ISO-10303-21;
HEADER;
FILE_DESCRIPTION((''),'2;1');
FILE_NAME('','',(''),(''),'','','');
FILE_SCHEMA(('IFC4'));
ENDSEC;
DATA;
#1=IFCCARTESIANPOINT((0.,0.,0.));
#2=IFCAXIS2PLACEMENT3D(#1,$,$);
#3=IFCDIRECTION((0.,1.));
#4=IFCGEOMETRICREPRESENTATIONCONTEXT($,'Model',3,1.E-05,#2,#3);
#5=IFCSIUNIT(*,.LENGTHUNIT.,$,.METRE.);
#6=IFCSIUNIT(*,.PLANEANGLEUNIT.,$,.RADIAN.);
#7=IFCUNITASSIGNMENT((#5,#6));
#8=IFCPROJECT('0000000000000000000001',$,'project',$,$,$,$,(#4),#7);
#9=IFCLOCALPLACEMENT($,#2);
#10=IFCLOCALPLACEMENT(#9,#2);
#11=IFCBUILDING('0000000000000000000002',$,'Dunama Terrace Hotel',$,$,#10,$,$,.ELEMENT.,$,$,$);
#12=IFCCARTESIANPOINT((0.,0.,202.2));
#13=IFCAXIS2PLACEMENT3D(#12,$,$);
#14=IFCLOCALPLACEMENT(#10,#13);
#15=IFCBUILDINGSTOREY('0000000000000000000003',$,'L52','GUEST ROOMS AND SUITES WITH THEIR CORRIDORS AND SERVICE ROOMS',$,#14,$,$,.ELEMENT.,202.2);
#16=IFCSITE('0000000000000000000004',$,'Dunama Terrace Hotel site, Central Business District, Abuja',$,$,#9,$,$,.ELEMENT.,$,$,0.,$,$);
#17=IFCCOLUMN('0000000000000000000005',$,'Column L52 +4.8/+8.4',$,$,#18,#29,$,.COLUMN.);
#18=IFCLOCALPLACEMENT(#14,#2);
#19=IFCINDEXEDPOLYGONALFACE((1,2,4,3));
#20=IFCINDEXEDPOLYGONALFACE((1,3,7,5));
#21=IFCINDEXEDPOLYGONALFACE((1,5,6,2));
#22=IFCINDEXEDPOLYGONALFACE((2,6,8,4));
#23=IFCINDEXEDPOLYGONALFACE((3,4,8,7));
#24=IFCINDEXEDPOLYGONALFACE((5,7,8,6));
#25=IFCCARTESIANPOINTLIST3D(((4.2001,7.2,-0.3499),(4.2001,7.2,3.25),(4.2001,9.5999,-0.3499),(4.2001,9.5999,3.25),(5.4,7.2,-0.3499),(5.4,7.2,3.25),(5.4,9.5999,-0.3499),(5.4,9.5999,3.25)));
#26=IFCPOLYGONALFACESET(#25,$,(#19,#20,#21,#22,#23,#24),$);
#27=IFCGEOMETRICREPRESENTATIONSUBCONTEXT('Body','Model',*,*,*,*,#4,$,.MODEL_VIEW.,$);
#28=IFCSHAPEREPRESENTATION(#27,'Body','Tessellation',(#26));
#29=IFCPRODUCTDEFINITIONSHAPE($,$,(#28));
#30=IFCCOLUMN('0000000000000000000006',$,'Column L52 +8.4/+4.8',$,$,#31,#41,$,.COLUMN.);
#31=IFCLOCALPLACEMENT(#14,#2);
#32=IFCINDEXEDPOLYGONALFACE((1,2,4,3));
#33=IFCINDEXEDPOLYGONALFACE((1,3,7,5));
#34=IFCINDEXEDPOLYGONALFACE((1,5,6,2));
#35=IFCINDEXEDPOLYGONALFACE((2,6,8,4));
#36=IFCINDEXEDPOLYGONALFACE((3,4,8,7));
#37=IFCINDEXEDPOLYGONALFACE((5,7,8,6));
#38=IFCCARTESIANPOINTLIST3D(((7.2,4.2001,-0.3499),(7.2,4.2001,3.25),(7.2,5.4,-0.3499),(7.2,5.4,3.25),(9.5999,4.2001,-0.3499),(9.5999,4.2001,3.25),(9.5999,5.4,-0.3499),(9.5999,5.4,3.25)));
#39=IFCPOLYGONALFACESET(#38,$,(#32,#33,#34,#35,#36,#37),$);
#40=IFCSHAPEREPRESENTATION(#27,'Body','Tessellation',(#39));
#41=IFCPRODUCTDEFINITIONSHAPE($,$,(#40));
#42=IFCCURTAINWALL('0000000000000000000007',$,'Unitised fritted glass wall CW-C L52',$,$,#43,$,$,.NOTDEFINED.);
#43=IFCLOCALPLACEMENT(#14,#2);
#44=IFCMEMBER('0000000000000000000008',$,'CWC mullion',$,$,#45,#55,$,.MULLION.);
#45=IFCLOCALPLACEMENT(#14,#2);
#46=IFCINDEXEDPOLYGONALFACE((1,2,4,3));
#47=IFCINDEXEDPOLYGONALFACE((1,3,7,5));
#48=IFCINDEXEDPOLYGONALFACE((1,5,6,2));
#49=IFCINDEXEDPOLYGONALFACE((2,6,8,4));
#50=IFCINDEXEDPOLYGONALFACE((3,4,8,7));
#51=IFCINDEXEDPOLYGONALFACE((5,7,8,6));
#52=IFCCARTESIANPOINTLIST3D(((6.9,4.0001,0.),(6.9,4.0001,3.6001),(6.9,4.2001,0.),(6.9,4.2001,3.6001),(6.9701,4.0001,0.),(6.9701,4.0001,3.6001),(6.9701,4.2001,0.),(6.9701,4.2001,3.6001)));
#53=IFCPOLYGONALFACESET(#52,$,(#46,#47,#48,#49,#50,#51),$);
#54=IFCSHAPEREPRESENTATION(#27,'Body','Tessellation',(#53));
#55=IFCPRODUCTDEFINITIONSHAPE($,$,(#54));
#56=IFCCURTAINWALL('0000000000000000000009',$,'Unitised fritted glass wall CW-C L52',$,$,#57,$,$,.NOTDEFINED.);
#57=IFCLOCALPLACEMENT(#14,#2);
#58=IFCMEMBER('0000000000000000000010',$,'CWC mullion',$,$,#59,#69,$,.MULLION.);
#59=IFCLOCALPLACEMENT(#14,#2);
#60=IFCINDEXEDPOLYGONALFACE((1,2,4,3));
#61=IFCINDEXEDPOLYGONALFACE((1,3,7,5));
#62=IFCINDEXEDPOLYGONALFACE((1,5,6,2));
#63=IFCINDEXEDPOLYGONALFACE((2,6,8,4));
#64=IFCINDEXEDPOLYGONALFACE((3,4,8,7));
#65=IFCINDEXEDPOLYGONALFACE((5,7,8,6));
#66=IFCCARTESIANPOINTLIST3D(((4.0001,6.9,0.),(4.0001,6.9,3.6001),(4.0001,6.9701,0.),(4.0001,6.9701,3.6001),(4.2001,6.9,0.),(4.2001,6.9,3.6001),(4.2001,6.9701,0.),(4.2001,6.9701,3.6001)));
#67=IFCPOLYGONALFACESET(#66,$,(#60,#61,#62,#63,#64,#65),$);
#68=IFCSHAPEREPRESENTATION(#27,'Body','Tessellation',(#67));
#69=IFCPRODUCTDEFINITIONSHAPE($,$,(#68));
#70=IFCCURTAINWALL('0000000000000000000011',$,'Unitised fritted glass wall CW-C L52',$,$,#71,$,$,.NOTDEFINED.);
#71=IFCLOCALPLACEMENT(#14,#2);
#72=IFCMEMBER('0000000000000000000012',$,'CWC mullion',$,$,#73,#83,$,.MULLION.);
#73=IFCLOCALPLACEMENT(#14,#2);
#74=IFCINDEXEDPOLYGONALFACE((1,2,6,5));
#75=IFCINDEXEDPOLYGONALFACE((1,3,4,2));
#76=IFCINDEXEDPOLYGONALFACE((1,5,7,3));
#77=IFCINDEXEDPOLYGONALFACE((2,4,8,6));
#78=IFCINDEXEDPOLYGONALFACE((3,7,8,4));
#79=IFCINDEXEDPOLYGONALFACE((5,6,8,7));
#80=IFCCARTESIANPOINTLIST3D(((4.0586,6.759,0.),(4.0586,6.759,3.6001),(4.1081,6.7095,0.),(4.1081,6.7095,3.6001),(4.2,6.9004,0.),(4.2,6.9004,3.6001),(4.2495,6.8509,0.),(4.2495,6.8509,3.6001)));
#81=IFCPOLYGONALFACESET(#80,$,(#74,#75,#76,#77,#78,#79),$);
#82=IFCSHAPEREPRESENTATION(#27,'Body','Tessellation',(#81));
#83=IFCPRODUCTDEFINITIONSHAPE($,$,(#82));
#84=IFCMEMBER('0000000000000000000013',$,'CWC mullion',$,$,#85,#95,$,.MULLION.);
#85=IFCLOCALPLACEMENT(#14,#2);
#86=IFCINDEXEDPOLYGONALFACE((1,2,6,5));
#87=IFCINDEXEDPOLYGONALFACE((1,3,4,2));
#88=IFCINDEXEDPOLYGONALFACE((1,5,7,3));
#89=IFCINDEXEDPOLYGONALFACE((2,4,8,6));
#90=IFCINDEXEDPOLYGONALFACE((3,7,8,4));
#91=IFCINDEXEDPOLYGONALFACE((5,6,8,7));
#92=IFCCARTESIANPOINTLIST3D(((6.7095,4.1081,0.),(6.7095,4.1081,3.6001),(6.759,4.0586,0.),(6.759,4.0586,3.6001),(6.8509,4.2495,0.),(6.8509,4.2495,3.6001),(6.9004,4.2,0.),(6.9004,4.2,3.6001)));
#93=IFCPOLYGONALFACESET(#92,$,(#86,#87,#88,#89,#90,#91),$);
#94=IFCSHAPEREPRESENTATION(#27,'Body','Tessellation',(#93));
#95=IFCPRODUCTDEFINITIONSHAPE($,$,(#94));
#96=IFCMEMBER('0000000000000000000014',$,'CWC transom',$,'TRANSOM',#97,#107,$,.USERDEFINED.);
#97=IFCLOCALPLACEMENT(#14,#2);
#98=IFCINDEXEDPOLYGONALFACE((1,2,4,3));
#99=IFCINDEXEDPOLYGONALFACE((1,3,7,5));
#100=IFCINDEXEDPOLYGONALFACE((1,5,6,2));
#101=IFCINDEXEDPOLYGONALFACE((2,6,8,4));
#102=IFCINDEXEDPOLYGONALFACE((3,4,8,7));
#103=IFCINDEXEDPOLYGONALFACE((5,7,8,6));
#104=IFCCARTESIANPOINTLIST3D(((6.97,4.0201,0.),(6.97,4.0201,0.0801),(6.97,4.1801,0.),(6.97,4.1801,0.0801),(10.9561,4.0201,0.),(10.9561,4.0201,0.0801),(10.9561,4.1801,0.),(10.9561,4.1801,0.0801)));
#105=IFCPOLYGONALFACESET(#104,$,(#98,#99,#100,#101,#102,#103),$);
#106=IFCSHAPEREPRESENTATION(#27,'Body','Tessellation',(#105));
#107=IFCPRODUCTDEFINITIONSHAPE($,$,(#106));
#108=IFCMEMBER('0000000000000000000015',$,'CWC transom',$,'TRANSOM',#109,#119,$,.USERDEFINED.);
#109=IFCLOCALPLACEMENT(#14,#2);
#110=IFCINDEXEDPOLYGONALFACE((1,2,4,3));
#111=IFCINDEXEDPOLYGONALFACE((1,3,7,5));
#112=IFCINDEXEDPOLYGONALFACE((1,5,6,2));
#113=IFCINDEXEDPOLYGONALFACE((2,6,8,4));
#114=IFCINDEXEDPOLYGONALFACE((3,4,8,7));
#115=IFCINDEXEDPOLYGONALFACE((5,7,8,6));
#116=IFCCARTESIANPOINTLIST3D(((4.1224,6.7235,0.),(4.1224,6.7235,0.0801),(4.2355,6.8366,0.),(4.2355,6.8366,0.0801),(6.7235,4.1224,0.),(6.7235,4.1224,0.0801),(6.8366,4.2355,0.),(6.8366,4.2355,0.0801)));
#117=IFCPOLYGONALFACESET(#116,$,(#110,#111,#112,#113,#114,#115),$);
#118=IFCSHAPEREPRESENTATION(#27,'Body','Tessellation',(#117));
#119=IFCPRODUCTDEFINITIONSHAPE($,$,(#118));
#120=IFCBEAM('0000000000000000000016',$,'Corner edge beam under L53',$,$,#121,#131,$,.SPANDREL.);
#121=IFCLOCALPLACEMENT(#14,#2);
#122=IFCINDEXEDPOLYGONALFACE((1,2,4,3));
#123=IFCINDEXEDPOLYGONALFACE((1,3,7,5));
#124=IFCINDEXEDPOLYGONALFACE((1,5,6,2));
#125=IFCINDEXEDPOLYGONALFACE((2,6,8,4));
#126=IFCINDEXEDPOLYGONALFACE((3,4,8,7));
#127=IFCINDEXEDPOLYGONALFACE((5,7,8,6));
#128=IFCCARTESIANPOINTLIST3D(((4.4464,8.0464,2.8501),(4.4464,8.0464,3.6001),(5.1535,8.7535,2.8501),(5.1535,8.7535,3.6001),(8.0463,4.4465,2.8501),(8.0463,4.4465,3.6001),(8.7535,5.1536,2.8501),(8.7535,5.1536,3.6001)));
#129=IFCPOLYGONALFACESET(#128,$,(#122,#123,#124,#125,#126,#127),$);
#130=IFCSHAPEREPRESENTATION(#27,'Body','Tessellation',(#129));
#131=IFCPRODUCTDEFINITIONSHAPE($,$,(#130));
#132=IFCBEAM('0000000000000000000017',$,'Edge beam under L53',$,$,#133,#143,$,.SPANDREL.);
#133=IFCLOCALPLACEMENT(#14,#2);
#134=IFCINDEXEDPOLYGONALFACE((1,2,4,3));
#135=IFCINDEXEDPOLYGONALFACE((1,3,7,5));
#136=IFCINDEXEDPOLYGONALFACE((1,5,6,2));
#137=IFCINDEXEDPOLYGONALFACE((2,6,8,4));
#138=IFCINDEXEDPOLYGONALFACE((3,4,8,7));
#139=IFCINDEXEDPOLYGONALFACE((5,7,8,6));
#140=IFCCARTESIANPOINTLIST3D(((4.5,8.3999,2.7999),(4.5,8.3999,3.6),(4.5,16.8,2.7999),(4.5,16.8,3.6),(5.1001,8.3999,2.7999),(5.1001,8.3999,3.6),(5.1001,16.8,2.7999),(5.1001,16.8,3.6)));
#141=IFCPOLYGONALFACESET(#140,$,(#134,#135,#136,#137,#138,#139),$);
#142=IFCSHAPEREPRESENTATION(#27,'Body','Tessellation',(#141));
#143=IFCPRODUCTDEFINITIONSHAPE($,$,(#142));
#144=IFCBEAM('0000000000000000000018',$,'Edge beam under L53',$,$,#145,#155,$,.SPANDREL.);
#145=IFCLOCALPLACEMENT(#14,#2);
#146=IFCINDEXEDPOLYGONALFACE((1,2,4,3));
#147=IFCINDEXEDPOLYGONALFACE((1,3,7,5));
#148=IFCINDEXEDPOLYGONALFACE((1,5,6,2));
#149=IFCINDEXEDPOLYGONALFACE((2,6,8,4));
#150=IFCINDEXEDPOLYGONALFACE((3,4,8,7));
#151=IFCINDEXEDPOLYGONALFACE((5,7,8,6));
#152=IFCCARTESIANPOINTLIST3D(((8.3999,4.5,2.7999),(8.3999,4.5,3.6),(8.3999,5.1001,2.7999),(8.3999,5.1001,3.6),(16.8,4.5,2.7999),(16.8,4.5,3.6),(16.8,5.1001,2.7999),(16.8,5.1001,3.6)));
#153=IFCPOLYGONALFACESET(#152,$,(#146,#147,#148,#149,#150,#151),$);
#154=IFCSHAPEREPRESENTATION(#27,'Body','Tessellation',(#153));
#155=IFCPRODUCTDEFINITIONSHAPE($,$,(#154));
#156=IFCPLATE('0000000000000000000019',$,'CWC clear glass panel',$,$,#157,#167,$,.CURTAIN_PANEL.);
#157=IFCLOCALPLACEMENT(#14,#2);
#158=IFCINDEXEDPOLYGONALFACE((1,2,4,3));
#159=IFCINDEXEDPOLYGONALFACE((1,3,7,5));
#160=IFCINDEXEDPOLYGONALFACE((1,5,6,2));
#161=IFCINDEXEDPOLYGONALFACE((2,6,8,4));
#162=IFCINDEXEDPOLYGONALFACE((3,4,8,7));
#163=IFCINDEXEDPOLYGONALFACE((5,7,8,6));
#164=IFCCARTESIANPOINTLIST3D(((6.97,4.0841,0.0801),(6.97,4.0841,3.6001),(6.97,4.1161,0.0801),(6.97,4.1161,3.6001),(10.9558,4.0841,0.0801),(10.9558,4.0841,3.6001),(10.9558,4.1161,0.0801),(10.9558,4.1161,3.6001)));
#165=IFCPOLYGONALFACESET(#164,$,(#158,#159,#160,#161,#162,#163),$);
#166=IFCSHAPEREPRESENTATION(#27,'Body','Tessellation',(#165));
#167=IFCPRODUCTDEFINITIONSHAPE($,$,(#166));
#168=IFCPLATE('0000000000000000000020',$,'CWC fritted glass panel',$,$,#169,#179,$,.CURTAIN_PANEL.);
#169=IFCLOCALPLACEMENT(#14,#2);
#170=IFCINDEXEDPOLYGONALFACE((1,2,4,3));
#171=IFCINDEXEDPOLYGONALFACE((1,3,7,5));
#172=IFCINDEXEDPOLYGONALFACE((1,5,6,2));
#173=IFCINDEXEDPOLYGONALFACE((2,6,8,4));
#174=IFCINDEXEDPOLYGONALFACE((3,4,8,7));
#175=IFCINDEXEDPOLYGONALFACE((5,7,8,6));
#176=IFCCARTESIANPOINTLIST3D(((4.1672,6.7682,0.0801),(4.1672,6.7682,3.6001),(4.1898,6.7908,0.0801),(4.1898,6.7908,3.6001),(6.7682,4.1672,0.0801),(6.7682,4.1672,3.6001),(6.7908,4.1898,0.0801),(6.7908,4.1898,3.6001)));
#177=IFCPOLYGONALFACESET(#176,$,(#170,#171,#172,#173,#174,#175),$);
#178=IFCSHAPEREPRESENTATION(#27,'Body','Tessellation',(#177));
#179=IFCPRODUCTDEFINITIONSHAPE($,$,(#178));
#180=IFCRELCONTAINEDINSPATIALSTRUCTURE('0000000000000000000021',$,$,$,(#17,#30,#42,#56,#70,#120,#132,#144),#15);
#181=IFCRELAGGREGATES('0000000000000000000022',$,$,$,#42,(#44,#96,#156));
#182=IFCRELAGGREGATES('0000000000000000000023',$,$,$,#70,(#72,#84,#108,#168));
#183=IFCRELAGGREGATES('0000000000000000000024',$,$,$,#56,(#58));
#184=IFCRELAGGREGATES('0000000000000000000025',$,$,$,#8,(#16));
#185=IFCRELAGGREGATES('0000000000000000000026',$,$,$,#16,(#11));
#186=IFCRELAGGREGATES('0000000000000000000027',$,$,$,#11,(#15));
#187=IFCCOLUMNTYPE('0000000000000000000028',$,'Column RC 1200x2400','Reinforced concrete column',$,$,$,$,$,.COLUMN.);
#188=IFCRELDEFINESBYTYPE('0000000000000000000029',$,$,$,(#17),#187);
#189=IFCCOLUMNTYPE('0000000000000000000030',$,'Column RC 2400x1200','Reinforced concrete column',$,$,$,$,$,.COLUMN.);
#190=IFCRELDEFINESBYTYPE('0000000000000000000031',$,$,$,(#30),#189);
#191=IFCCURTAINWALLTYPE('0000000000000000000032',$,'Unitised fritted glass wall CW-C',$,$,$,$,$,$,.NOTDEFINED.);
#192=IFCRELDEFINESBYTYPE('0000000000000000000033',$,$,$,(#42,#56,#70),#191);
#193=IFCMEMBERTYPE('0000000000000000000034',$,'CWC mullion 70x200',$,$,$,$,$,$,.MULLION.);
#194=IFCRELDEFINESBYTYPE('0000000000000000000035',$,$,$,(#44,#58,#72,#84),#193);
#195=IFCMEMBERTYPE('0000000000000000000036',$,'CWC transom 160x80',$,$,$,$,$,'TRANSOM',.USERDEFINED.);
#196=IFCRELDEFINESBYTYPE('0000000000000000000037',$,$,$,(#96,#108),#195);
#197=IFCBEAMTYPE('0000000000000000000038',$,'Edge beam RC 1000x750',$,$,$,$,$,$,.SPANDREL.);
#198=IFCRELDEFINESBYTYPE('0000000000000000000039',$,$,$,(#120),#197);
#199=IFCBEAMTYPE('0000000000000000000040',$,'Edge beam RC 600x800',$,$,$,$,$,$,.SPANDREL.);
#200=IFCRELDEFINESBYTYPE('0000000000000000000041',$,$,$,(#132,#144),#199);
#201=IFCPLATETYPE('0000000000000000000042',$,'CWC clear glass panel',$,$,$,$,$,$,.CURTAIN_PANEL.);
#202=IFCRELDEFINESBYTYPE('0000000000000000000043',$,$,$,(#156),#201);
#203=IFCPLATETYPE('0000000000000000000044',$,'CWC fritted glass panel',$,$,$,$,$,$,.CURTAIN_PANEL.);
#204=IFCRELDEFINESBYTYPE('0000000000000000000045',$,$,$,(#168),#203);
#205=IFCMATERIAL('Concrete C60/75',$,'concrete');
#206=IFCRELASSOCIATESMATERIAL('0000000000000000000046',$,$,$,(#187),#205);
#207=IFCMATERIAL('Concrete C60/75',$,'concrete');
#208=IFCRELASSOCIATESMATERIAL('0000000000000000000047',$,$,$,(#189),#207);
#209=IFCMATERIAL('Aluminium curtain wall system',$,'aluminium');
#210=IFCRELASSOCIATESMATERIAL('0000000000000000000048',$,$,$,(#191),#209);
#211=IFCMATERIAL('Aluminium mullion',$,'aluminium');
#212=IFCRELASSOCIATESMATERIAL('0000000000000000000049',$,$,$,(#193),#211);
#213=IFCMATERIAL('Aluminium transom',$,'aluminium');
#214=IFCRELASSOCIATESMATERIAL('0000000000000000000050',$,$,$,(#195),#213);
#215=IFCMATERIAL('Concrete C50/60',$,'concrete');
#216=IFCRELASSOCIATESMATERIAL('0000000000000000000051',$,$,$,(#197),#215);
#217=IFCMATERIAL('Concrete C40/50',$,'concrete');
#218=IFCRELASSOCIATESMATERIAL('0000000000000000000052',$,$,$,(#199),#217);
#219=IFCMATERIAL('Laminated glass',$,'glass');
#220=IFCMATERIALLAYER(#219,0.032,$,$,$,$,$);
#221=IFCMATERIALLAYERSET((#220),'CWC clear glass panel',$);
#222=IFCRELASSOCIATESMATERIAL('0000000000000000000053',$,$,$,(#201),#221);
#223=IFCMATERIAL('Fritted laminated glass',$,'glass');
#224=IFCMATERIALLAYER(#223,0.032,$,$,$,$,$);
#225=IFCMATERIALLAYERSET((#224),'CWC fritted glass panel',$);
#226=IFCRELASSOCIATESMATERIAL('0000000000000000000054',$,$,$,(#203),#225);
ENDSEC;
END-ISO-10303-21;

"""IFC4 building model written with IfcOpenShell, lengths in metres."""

from ifc_helpers import new_model, si_unit, direction, frame, origin, origin_2d, place, context, subcontext, project, spatial, rectangle, extrude, material, layer, layer_set, material_profile, profile_set, type_object, element, aggregate, save


model = new_model("IFC4")

# Units and contexts
model_context = context("Model", 3, precision=1e-05, world=origin(), true_north=direction((0.0, 1.0)))
body_context = subcontext(model_context, "Body", "Model", "MODEL_VIEW")
ifc_project = project(units=[si_unit("LENGTHUNIT", "METRE"), si_unit("PLANEANGLEUNIT", "RADIAN")], contexts=[model_context])

# Site, building, storey
site_placement = place(None, origin())
site = spatial("IfcSite", under=ifc_project, at=site_placement, Name="Dunama Terrace Hotel site, Central Business District, Abuja", CompositionType="ELEMENT", RefElevation=0.0)
building_placement = place(site_placement, origin())
building = spatial("IfcBuilding", under=site, at=building_placement, Name="Dunama Terrace Hotel", CompositionType="ELEMENT")
storey_placement = place(building_placement, frame((0.0, 0.0, 202.2)))
storey = spatial("IfcBuildingStorey", under=building, at=storey_placement, Name="L52", Description="GUEST ROOMS AND SUITES WITH THEIR CORRIDORS AND SERVICE ROOMS", CompositionType="ELEMENT", Elevation=202.2)

# Columns
ifc_material_1 = material(Name="Concrete C60/75", Category="concrete")
ifc_material_profile_1 = material_profile(ifc_material_1, rectangle(XDim=1.2, YDim=2.3999, at=origin_2d()), Name="RC 1200x2400")
ifc_profile_set_1 = profile_set([ifc_material_profile_1], Name="Concrete C60/75")
column_type_1 = type_object("IfcColumnType", Name="Column RC 1200x2400", Description="Reinforced concrete column", PredefinedType="COLUMN", material=ifc_profile_set_1)
column_1_placement = place(storey_placement, frame((4.8, 8.3999, -0.3499), z_axis=(0.0, 0.0, 1.0), x_axis=(1.0, 0.0, 0.0)))
element("IfcColumn", 1, at=column_1_placement, inside=storey, type_object=column_type_1, Name="Column L52 +4.8/+8.4", PredefinedType="COLUMN", context=body_context, shape_type="SweptSolid", body=[
    extrude(rectangle(XDim=1.2, YDim=2.3999, at=origin_2d()), origin(), (0.0, 0.0, 1.0), 3.5999),
])
ifc_material_2 = material(Name="Concrete C60/75", Category="concrete")
ifc_material_profile_2 = material_profile(ifc_material_2, rectangle(XDim=2.3999, YDim=1.2, at=origin_2d()), Name="RC 2400x1200")
ifc_profile_set_2 = profile_set([ifc_material_profile_2], Name="Concrete C60/75")
column_type_2 = type_object("IfcColumnType", Name="Column RC 2400x1200", Description="Reinforced concrete column", PredefinedType="COLUMN", material=ifc_profile_set_2)
column_2_placement = place(storey_placement, frame((8.3999, 4.8, -0.3499), z_axis=(0.0, 0.0, 1.0), x_axis=(1.0, 0.0, 0.0)))
element("IfcColumn", 2, at=column_2_placement, inside=storey, type_object=column_type_2, Name="Column L52 +8.4/+4.8", PredefinedType="COLUMN", context=body_context, shape_type="SweptSolid", body=[
    extrude(rectangle(XDim=2.3999, YDim=1.2, at=origin_2d()), origin(), (0.0, 0.0, 1.0), 3.5999),
])

# Curtain walls, members
ifc_material_3 = material(Name="Aluminium curtain wall system", Category="aluminium")
curtain_wall_type = type_object("IfcCurtainWallType", Name="Unitised fritted glass wall CW-C", PredefinedType="NOTDEFINED", material=ifc_material_3)
curtain_wall_1_placement = place(storey_placement, origin())
curtain_wall_1 = element("IfcCurtainWall", 3, at=curtain_wall_1_placement, inside=storey, type_object=curtain_wall_type, Name="Unitised fritted glass wall CW-C L52", PredefinedType="NOTDEFINED")
ifc_material_4 = material(Name="Aluminium mullion", Category="aluminium")
ifc_material_profile_3 = material_profile(ifc_material_4, rectangle(XDim=0.0701, YDim=0.2, at=origin_2d()), Name="CWC MULLION 70X200")
ifc_profile_set_3 = profile_set([ifc_material_profile_3], Name="Aluminium mullion")
member_type_1 = type_object("IfcMemberType", Name="CWC mullion 70x200", PredefinedType="MULLION", material=ifc_profile_set_3)
member_1_placement = place(storey_placement, frame((6.9351, 4.1001, 0.0), z_axis=(0.0, 0.0, 1.0), x_axis=(1.0, 0.0, 0.0)))
member_1 = element("IfcMember", 4, at=member_1_placement, type_object=member_type_1, Name="CWC mullion", PredefinedType="MULLION", context=body_context, shape_type="SweptSolid", body=[
    extrude(rectangle(XDim=0.0701, YDim=0.2, at=origin_2d()), origin(), (0.0, 0.0, 1.0), 3.6001),
])
curtain_wall_2_placement = place(storey_placement, origin())
curtain_wall_2 = element("IfcCurtainWall", 5, at=curtain_wall_2_placement, inside=storey, type_object=curtain_wall_type, Name="Unitised fritted glass wall CW-C L52", PredefinedType="NOTDEFINED")
member_2_placement = place(storey_placement, frame((4.1001, 6.9351, 0.0), z_axis=(0.0, 0.0, 1.0), x_axis=(0.0, -1.0, 0.0)))
member_2 = element("IfcMember", 6, at=member_2_placement, type_object=member_type_1, Name="CWC mullion", PredefinedType="MULLION", context=body_context, shape_type="SweptSolid", body=[
    extrude(rectangle(XDim=0.0701, YDim=0.2, at=origin_2d()), origin(), (0.0, 0.0, 1.0), 3.6001),
])

# Curtain wall, members
curtain_wall_3_placement = place(storey_placement, origin())
curtain_wall_3 = element("IfcCurtainWall", 7, at=curtain_wall_3_placement, inside=storey, type_object=curtain_wall_type, Name="Unitised fritted glass wall CW-C L52", PredefinedType="NOTDEFINED")
member_3_placement = place(storey_placement, frame((4.1541, 6.8049, 0.0), z_axis=(0.0, 0.0, 1.0), x_axis=(0.707107, -0.707107, 0.0)))
member_3 = element("IfcMember", 8, at=member_3_placement, type_object=member_type_1, Name="CWC mullion", PredefinedType="MULLION", context=body_context, shape_type="SweptSolid", body=[
    extrude(rectangle(XDim=0.0701, YDim=0.2, at=origin_2d()), origin(), (0.0, 0.0, 1.0), 3.6001),
])
member_4_placement = place(storey_placement, frame((6.8049, 4.1541, 0.0), z_axis=(0.0, 0.0, 1.0), x_axis=(0.707107, -0.707107, 0.0)))
member_4 = element("IfcMember", 9, at=member_4_placement, type_object=member_type_1, Name="CWC mullion", PredefinedType="MULLION", context=body_context, shape_type="SweptSolid", body=[
    extrude(rectangle(XDim=0.0701, YDim=0.2, at=origin_2d()), origin(), (0.0, 0.0, 1.0), 3.6001),
])

# Members
ifc_material_5 = material(Name="Aluminium transom", Category="aluminium")
ifc_material_profile_4 = material_profile(ifc_material_5, rectangle(XDim=0.1599, YDim=0.0801, at=origin_2d()), Name="CWC TRANSOM 160X80")
ifc_profile_set_4 = profile_set([ifc_material_profile_4], Name="Aluminium transom")
member_type_2 = type_object("IfcMemberType", Name="CWC transom 160x80", ElementType="TRANSOM", PredefinedType="USERDEFINED", material=ifc_profile_set_4)
member_5_placement = place(storey_placement, frame((6.97, 4.1001, 0.04), z_axis=(1.0, 0.0, 0.0), x_axis=(0.0, 1.0, 0.0)))
member_5 = element("IfcMember", 10, at=member_5_placement, type_object=member_type_2, Name="CWC transom", ObjectType="TRANSOM", PredefinedType="USERDEFINED", context=body_context, shape_type="SweptSolid", body=[
    extrude(rectangle(XDim=0.1599, YDim=0.0801, at=origin_2d()), origin(), (0.0, 0.0, 1.0), 3.9861),
])
member_6_placement = place(storey_placement, frame((4.179, 6.78, 0.04), z_axis=(0.707107, -0.707107, 0.0), x_axis=(0.707107, 0.707107, 0.0)))
member_6 = element("IfcMember", 11, at=member_6_placement, type_object=member_type_2, Name="CWC transom", ObjectType="TRANSOM", PredefinedType="USERDEFINED", context=body_context, shape_type="SweptSolid", body=[
    extrude(rectangle(XDim=0.1599, YDim=0.0801, at=origin_2d()), origin(), (0.0, 0.0, 1.0), 3.6785),
])

# Beams
ifc_material_6 = material(Name="Concrete C50/60", Category="concrete")
ifc_material_profile_5 = material_profile(ifc_material_6, rectangle(XDim=1.0, YDim=0.75, at=origin_2d()), Name="RC 1000x750")
ifc_profile_set_5 = profile_set([ifc_material_profile_5], Name="Concrete C50/60")
beam_type_1 = type_object("IfcBeamType", Name="Edge beam RC 1000x750", PredefinedType="SPANDREL", material=ifc_profile_set_5)
beam_placement = place(storey_placement, frame((8.3999, 4.8, 3.2251), z_axis=(-0.707107, 0.707107, 0.0), x_axis=(-0.707107, -0.707107, 0.0)))
element("IfcBeam", 12, at=beam_placement, inside=storey, type_object=beam_type_1, Name="Corner edge beam under L53", PredefinedType="SPANDREL", context=body_context, shape_type="SweptSolid", body=[
    extrude(rectangle(XDim=1.0, YDim=0.75, at=origin_2d()), origin(), (0.0, 0.0, 1.0), 5.0911),
])
ifc_material_7 = material(Name="Concrete C40/50", Category="concrete")
ifc_material_profile_6 = material_profile(ifc_material_7, rectangle(XDim=0.6001, YDim=0.8, at=origin_2d()), Name="RC 600x800")
ifc_profile_set_6 = profile_set([ifc_material_profile_6], Name="Concrete C40/50")
beam_type_2 = type_object("IfcBeamType", Name="Edge beam RC 600x800", PredefinedType="SPANDREL", material=ifc_profile_set_6)
for number, where, z_axis, x_axis, name in (
    (13, (4.8, 8.3999, 3.2), (0.0, 1.0, 0.0), (-1.0, 0.0, 0.0), "Edge beam under L53"),
    (14, (8.3999, 4.8, 3.2), (1.0, 0.0, 0.0), (0.0, 1.0, 0.0), "Edge beam under L53"),
):
    element("IfcBeam", number, at=place(storey_placement, frame(where, z_axis=z_axis, x_axis=x_axis)), inside=storey, type_object=beam_type_2, Name=name, PredefinedType="SPANDREL", context=body_context, shape_type="SweptSolid", body=[
        extrude(rectangle(XDim=0.6001, YDim=0.8, at=origin_2d()), origin(), (0.0, 0.0, 1.0), 8.4001),
    ])

# Plates
ifc_material_8 = material(Name="Laminated glass", Category="glass")
ifc_layer_1 = layer(ifc_material_8, 0.032)
ifc_layer_set_1 = layer_set([ifc_layer_1], Name="CWC clear glass panel")
plate_type_1 = type_object("IfcPlateType", Name="CWC clear glass panel", PredefinedType="CURTAIN_PANEL", material=ifc_layer_set_1)
plate_1_placement = place(storey_placement, frame((8.9629, 4.1001, 0.0801), z_axis=(0.0, 0.0, 1.0), x_axis=(1.0, 0.0, 0.0)))
plate_1 = element("IfcPlate", 15, at=plate_1_placement, type_object=plate_type_1, Name="CWC clear glass panel", PredefinedType="CURTAIN_PANEL", context=body_context, shape_type="SweptSolid", body=[
    extrude(rectangle(XDim=3.9858, YDim=0.032, at=origin_2d()), origin(), (0.0, 0.0, 1.0), 3.52),
])
aggregate(curtain_wall_1, [member_1, member_5, plate_1])
ifc_material_9 = material(Name="Fritted laminated glass", Category="glass")
ifc_layer_2 = layer(ifc_material_9, 0.032)
ifc_layer_set_2 = layer_set([ifc_layer_2], Name="CWC fritted glass panel")
plate_type_2 = type_object("IfcPlateType", Name="CWC fritted glass panel", PredefinedType="CURTAIN_PANEL", material=ifc_layer_set_2)
plate_2_placement = place(storey_placement, frame((5.479, 5.479, 0.0801), z_axis=(0.0, 0.0, 1.0), x_axis=(0.707107, -0.707107, 0.0)))
plate_2 = element("IfcPlate", 16, at=plate_2_placement, type_object=plate_type_2, Name="CWC fritted glass panel", PredefinedType="CURTAIN_PANEL", context=body_context, shape_type="SweptSolid", body=[
    extrude(rectangle(XDim=3.6785, YDim=0.032, at=origin_2d()), origin(), (0.0, 0.0, 1.0), 3.52),
])
aggregate(curtain_wall_3, [member_3, member_4, member_6, plate_2])
aggregate(curtain_wall_2, [member_2])

save(model, "model.ifc")
